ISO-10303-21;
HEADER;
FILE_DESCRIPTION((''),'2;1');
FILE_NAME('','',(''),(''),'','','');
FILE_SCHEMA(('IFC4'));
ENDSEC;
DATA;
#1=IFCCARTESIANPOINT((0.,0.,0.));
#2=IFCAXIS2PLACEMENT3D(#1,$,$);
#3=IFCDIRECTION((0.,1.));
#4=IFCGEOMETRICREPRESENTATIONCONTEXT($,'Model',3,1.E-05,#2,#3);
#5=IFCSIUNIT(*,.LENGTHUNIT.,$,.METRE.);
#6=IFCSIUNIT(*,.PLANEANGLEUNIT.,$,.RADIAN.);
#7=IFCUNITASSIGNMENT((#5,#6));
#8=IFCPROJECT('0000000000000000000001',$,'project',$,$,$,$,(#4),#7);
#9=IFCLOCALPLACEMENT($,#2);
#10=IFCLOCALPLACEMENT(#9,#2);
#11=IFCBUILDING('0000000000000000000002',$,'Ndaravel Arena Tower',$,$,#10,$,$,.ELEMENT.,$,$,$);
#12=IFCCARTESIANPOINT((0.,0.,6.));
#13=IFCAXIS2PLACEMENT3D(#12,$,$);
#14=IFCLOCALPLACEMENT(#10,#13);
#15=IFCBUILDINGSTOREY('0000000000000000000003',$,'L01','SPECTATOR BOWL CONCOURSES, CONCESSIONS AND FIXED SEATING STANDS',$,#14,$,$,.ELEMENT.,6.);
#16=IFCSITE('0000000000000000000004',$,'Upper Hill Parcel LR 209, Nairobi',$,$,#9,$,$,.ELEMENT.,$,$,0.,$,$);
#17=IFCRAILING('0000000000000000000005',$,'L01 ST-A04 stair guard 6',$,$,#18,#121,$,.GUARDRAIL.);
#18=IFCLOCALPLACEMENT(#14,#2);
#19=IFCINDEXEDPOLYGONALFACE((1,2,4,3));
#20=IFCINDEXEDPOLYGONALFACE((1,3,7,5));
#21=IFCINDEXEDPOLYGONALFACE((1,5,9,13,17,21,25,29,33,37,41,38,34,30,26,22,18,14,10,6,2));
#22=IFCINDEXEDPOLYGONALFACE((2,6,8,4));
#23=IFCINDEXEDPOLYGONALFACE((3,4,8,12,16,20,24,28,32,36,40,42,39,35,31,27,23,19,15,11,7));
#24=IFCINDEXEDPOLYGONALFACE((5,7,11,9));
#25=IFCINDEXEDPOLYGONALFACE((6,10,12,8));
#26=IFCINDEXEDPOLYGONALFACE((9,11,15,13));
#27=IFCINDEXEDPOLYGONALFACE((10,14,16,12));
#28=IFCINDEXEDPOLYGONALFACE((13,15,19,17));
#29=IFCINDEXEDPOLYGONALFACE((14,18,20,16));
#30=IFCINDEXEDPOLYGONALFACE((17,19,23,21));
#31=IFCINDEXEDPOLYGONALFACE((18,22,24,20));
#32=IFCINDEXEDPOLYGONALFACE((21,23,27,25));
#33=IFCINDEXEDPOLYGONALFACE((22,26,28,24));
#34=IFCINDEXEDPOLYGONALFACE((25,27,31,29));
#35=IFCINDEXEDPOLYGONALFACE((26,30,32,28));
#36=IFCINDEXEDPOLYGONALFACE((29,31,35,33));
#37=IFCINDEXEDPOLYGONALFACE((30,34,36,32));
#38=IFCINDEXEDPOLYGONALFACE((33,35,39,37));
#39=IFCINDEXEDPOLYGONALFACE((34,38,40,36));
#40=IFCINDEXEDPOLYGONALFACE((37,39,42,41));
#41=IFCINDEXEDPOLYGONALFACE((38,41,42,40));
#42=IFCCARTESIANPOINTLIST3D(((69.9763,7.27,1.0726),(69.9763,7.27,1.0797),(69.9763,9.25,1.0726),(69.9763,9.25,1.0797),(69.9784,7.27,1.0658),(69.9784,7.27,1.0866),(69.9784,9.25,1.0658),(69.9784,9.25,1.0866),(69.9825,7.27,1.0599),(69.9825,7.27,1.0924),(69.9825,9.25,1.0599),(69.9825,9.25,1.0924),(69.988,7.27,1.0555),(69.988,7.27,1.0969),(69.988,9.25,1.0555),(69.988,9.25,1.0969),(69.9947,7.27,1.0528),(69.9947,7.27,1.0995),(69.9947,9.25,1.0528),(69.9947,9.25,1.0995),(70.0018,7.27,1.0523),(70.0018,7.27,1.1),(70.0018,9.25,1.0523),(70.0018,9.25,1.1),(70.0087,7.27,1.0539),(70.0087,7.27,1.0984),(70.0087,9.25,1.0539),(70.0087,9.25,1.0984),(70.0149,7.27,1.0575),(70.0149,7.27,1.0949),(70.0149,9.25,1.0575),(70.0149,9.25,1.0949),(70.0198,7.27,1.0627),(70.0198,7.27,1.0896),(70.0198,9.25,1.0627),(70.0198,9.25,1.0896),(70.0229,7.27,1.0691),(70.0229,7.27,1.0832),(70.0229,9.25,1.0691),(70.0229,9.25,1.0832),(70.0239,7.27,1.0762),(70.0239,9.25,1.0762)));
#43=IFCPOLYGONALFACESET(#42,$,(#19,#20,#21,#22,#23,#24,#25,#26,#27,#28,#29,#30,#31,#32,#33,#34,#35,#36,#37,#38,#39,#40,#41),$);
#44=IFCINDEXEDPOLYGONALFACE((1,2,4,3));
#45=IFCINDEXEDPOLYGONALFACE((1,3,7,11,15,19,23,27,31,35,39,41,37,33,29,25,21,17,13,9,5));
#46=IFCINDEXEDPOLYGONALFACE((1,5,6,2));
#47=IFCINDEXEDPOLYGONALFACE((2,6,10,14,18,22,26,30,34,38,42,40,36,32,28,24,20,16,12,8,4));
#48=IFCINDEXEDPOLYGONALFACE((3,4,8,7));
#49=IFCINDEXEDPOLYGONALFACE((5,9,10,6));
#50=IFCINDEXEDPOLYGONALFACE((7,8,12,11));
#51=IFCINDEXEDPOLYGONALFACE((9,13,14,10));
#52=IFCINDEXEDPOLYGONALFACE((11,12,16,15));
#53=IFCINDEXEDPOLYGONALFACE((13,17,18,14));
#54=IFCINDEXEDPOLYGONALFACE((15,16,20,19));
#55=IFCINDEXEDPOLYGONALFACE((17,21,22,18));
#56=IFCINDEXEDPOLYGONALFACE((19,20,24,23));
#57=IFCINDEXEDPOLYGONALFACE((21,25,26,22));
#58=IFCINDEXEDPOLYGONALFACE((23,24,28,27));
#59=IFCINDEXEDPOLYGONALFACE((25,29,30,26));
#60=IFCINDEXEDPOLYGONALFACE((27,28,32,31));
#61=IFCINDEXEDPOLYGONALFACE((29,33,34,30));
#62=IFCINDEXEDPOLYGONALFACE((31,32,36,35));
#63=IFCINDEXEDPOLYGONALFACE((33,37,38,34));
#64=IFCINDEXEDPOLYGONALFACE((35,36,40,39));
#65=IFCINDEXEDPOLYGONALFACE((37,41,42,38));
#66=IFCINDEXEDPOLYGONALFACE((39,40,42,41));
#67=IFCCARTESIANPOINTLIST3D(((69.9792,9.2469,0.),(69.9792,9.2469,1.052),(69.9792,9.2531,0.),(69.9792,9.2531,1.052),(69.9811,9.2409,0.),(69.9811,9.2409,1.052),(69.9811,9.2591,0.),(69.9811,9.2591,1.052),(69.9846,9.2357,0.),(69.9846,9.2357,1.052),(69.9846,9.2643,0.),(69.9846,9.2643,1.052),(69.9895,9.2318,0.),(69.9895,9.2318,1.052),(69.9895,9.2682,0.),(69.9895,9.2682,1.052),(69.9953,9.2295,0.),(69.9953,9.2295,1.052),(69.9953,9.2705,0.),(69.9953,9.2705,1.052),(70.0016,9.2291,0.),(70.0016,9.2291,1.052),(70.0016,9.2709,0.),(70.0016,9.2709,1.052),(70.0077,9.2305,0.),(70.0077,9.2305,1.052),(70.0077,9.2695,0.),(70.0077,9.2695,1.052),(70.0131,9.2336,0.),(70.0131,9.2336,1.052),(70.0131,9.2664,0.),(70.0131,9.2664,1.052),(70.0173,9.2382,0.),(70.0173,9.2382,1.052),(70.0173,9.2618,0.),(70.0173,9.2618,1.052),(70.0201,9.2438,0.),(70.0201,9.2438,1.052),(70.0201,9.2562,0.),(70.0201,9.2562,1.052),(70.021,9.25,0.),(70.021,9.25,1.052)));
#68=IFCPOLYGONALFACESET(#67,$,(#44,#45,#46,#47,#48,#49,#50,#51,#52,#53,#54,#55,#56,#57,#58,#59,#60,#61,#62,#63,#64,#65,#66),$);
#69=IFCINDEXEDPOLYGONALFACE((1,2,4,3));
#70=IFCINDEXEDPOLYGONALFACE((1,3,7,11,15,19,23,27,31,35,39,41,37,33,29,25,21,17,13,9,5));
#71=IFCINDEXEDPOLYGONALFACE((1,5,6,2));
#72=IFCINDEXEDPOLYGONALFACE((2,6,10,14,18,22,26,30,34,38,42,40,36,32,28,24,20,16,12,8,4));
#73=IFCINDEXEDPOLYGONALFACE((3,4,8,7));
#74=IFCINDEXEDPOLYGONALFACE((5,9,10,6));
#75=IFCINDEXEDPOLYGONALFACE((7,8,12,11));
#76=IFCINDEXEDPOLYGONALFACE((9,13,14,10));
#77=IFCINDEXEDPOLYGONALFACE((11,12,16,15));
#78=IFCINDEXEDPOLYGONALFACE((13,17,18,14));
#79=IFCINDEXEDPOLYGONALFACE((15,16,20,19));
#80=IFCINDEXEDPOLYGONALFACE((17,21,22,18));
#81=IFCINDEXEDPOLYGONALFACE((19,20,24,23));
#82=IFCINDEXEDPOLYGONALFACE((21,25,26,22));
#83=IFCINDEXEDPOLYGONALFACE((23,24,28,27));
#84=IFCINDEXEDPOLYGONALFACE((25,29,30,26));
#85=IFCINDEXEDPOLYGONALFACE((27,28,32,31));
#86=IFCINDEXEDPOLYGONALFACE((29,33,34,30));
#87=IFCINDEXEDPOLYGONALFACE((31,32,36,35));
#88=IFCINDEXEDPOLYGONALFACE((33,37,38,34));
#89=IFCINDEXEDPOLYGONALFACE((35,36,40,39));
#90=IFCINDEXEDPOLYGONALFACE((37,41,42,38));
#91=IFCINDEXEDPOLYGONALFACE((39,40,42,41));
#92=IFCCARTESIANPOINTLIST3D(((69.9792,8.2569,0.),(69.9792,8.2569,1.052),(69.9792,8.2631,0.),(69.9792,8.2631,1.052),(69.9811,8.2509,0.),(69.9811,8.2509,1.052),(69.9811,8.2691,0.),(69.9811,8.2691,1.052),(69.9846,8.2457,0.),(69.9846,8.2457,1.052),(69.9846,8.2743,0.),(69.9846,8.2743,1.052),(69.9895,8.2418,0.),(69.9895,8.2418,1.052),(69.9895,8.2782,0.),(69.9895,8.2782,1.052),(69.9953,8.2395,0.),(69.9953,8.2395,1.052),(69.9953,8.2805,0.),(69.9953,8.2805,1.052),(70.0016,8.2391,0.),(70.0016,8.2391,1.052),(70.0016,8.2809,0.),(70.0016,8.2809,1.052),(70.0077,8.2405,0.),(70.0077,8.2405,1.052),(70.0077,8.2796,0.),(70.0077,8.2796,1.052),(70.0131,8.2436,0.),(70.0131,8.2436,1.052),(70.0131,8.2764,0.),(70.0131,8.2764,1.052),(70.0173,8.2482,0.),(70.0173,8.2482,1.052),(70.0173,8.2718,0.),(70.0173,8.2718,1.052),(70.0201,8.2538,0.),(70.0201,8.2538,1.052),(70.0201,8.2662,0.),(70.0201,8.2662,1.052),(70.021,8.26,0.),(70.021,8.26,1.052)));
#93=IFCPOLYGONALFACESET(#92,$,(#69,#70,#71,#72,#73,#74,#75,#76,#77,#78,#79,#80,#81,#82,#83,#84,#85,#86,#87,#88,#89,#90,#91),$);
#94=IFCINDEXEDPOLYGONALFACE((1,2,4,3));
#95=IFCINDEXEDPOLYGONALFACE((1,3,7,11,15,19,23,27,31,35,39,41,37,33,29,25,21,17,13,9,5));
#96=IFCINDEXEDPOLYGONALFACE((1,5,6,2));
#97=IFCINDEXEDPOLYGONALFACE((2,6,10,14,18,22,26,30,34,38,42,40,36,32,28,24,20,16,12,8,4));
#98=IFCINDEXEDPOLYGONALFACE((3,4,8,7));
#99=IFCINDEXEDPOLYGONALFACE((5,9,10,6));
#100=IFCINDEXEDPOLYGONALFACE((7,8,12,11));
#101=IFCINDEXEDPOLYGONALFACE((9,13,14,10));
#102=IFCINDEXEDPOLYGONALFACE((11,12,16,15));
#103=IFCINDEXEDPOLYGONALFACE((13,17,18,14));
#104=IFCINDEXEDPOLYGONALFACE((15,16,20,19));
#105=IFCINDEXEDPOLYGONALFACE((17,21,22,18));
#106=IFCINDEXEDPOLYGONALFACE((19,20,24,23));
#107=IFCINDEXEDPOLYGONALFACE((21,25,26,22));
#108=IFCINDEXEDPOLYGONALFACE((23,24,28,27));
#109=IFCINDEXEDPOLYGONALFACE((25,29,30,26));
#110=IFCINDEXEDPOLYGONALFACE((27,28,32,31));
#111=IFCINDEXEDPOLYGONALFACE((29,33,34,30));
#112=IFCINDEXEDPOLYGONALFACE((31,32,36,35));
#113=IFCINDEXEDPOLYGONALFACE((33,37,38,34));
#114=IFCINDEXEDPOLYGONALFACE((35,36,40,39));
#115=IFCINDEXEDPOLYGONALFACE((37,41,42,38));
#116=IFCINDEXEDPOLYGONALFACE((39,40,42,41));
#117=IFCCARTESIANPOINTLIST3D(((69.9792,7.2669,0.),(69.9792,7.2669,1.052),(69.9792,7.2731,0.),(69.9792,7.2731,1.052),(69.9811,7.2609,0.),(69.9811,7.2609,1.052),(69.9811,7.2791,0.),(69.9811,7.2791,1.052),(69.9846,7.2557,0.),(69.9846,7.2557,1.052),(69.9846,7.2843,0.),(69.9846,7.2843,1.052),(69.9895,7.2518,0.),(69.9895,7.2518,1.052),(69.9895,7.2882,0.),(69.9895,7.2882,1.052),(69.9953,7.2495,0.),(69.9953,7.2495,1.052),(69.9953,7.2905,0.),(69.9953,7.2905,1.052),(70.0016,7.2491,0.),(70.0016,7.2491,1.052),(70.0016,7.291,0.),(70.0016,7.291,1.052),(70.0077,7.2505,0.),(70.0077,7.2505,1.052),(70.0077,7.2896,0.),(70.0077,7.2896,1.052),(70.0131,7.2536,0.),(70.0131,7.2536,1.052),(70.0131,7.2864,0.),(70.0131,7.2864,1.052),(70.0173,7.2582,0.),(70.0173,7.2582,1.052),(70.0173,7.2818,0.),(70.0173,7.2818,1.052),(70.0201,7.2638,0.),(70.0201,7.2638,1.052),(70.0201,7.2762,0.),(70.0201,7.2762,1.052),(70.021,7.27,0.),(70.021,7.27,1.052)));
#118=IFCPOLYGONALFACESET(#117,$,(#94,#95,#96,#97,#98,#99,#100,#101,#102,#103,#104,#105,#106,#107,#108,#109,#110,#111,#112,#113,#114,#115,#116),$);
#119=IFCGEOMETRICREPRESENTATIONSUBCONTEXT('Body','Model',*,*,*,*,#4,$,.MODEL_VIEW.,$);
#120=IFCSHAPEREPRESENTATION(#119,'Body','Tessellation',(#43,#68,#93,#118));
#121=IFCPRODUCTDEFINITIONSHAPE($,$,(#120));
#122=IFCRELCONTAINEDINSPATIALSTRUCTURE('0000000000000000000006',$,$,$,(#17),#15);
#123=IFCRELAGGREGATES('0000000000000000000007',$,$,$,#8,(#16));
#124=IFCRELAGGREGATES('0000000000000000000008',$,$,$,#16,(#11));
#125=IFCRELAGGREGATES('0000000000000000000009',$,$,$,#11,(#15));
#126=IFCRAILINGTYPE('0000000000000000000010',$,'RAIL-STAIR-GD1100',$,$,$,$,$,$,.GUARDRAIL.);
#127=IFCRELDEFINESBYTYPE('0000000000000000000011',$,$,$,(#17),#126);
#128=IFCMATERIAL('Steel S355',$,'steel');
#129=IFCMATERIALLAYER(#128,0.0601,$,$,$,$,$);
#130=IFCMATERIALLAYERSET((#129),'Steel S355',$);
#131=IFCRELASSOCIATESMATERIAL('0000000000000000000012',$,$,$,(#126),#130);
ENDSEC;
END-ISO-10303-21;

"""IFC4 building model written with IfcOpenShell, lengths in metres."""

from ifc_helpers import new_model, si_unit, direction, frame, origin, origin_2d, place, context, subcontext, project, spatial, circle, extrude, material, layer, layer_set, type_object, element, save


model = new_model("IFC4")

# Units and contexts
model_context = context("Model", 3, precision=1e-05, world=origin(), true_north=direction((0.0, 1.0)))
body_context = subcontext(model_context, "Body", "Model", "MODEL_VIEW")
ifc_project = project(units=[si_unit("LENGTHUNIT", "METRE"), si_unit("PLANEANGLEUNIT", "RADIAN")], contexts=[model_context])

# Site, building, storey
site_placement = place(None, origin())
site = spatial("IfcSite", under=ifc_project, at=site_placement, Name="Upper Hill Parcel LR 209, Nairobi", CompositionType="ELEMENT", RefElevation=0.0)
building_placement = place(site_placement, origin())
building = spatial("IfcBuilding", under=site, at=building_placement, Name="Ndaravel Arena Tower", CompositionType="ELEMENT")
storey_placement = place(building_placement, frame((0.0, 0.0, 6.0)))
storey = spatial("IfcBuildingStorey", under=building, at=storey_placement, Name="L01", Description="SPECTATOR BOWL CONCOURSES, CONCESSIONS AND FIXED SEATING STANDS", CompositionType="ELEMENT", Elevation=6.0)

# Railing
ifc_material_1 = material(Name="Steel S355", Category="steel")
ifc_layer_1 = layer(ifc_material_1, 0.0601)
ifc_layer_set_1 = layer_set([ifc_layer_1], Name="Steel S355")
railing_type_1 = type_object("IfcRailingType", Name="RAIL-STAIR-GD1100", PredefinedType="GUARDRAIL", material=ifc_layer_set_1)
for number, where, name in (
    (1, (70.0, 9.25, 0.0), "L01 ST-A04 stair guard 6"),
):
    element("IfcRailing", number, at=place(storey_placement, frame(where)), inside=storey, type_object=railing_type_1, Name=name, PredefinedType="GUARDRAIL", context=body_context, shape_type="SweptSolid", body=[
        extrude(circle(Radius=0.0239, at=origin_2d()), frame((0.0, 0.0, 1.0762), z_axis=(0.0, -1.0, 0.0), x_axis=(1.0, 0.0, 0.0)), (0.0, 0.0, 1.0), 1.98),
        extrude(circle(Radius=0.021, at=origin_2d()), origin(), (0.0, 0.0, 1.0), 1.052),
        extrude(circle(Radius=0.021, at=origin_2d()), frame((0.0, -0.99, 0.0)), (0.0, 0.0, 1.0), 1.052),
        extrude(circle(Radius=0.021, at=origin_2d()), frame((0.0, -1.98, 0.0)), (0.0, 0.0, 1.0), 1.052),
    ])

save(model, "model.ifc")
